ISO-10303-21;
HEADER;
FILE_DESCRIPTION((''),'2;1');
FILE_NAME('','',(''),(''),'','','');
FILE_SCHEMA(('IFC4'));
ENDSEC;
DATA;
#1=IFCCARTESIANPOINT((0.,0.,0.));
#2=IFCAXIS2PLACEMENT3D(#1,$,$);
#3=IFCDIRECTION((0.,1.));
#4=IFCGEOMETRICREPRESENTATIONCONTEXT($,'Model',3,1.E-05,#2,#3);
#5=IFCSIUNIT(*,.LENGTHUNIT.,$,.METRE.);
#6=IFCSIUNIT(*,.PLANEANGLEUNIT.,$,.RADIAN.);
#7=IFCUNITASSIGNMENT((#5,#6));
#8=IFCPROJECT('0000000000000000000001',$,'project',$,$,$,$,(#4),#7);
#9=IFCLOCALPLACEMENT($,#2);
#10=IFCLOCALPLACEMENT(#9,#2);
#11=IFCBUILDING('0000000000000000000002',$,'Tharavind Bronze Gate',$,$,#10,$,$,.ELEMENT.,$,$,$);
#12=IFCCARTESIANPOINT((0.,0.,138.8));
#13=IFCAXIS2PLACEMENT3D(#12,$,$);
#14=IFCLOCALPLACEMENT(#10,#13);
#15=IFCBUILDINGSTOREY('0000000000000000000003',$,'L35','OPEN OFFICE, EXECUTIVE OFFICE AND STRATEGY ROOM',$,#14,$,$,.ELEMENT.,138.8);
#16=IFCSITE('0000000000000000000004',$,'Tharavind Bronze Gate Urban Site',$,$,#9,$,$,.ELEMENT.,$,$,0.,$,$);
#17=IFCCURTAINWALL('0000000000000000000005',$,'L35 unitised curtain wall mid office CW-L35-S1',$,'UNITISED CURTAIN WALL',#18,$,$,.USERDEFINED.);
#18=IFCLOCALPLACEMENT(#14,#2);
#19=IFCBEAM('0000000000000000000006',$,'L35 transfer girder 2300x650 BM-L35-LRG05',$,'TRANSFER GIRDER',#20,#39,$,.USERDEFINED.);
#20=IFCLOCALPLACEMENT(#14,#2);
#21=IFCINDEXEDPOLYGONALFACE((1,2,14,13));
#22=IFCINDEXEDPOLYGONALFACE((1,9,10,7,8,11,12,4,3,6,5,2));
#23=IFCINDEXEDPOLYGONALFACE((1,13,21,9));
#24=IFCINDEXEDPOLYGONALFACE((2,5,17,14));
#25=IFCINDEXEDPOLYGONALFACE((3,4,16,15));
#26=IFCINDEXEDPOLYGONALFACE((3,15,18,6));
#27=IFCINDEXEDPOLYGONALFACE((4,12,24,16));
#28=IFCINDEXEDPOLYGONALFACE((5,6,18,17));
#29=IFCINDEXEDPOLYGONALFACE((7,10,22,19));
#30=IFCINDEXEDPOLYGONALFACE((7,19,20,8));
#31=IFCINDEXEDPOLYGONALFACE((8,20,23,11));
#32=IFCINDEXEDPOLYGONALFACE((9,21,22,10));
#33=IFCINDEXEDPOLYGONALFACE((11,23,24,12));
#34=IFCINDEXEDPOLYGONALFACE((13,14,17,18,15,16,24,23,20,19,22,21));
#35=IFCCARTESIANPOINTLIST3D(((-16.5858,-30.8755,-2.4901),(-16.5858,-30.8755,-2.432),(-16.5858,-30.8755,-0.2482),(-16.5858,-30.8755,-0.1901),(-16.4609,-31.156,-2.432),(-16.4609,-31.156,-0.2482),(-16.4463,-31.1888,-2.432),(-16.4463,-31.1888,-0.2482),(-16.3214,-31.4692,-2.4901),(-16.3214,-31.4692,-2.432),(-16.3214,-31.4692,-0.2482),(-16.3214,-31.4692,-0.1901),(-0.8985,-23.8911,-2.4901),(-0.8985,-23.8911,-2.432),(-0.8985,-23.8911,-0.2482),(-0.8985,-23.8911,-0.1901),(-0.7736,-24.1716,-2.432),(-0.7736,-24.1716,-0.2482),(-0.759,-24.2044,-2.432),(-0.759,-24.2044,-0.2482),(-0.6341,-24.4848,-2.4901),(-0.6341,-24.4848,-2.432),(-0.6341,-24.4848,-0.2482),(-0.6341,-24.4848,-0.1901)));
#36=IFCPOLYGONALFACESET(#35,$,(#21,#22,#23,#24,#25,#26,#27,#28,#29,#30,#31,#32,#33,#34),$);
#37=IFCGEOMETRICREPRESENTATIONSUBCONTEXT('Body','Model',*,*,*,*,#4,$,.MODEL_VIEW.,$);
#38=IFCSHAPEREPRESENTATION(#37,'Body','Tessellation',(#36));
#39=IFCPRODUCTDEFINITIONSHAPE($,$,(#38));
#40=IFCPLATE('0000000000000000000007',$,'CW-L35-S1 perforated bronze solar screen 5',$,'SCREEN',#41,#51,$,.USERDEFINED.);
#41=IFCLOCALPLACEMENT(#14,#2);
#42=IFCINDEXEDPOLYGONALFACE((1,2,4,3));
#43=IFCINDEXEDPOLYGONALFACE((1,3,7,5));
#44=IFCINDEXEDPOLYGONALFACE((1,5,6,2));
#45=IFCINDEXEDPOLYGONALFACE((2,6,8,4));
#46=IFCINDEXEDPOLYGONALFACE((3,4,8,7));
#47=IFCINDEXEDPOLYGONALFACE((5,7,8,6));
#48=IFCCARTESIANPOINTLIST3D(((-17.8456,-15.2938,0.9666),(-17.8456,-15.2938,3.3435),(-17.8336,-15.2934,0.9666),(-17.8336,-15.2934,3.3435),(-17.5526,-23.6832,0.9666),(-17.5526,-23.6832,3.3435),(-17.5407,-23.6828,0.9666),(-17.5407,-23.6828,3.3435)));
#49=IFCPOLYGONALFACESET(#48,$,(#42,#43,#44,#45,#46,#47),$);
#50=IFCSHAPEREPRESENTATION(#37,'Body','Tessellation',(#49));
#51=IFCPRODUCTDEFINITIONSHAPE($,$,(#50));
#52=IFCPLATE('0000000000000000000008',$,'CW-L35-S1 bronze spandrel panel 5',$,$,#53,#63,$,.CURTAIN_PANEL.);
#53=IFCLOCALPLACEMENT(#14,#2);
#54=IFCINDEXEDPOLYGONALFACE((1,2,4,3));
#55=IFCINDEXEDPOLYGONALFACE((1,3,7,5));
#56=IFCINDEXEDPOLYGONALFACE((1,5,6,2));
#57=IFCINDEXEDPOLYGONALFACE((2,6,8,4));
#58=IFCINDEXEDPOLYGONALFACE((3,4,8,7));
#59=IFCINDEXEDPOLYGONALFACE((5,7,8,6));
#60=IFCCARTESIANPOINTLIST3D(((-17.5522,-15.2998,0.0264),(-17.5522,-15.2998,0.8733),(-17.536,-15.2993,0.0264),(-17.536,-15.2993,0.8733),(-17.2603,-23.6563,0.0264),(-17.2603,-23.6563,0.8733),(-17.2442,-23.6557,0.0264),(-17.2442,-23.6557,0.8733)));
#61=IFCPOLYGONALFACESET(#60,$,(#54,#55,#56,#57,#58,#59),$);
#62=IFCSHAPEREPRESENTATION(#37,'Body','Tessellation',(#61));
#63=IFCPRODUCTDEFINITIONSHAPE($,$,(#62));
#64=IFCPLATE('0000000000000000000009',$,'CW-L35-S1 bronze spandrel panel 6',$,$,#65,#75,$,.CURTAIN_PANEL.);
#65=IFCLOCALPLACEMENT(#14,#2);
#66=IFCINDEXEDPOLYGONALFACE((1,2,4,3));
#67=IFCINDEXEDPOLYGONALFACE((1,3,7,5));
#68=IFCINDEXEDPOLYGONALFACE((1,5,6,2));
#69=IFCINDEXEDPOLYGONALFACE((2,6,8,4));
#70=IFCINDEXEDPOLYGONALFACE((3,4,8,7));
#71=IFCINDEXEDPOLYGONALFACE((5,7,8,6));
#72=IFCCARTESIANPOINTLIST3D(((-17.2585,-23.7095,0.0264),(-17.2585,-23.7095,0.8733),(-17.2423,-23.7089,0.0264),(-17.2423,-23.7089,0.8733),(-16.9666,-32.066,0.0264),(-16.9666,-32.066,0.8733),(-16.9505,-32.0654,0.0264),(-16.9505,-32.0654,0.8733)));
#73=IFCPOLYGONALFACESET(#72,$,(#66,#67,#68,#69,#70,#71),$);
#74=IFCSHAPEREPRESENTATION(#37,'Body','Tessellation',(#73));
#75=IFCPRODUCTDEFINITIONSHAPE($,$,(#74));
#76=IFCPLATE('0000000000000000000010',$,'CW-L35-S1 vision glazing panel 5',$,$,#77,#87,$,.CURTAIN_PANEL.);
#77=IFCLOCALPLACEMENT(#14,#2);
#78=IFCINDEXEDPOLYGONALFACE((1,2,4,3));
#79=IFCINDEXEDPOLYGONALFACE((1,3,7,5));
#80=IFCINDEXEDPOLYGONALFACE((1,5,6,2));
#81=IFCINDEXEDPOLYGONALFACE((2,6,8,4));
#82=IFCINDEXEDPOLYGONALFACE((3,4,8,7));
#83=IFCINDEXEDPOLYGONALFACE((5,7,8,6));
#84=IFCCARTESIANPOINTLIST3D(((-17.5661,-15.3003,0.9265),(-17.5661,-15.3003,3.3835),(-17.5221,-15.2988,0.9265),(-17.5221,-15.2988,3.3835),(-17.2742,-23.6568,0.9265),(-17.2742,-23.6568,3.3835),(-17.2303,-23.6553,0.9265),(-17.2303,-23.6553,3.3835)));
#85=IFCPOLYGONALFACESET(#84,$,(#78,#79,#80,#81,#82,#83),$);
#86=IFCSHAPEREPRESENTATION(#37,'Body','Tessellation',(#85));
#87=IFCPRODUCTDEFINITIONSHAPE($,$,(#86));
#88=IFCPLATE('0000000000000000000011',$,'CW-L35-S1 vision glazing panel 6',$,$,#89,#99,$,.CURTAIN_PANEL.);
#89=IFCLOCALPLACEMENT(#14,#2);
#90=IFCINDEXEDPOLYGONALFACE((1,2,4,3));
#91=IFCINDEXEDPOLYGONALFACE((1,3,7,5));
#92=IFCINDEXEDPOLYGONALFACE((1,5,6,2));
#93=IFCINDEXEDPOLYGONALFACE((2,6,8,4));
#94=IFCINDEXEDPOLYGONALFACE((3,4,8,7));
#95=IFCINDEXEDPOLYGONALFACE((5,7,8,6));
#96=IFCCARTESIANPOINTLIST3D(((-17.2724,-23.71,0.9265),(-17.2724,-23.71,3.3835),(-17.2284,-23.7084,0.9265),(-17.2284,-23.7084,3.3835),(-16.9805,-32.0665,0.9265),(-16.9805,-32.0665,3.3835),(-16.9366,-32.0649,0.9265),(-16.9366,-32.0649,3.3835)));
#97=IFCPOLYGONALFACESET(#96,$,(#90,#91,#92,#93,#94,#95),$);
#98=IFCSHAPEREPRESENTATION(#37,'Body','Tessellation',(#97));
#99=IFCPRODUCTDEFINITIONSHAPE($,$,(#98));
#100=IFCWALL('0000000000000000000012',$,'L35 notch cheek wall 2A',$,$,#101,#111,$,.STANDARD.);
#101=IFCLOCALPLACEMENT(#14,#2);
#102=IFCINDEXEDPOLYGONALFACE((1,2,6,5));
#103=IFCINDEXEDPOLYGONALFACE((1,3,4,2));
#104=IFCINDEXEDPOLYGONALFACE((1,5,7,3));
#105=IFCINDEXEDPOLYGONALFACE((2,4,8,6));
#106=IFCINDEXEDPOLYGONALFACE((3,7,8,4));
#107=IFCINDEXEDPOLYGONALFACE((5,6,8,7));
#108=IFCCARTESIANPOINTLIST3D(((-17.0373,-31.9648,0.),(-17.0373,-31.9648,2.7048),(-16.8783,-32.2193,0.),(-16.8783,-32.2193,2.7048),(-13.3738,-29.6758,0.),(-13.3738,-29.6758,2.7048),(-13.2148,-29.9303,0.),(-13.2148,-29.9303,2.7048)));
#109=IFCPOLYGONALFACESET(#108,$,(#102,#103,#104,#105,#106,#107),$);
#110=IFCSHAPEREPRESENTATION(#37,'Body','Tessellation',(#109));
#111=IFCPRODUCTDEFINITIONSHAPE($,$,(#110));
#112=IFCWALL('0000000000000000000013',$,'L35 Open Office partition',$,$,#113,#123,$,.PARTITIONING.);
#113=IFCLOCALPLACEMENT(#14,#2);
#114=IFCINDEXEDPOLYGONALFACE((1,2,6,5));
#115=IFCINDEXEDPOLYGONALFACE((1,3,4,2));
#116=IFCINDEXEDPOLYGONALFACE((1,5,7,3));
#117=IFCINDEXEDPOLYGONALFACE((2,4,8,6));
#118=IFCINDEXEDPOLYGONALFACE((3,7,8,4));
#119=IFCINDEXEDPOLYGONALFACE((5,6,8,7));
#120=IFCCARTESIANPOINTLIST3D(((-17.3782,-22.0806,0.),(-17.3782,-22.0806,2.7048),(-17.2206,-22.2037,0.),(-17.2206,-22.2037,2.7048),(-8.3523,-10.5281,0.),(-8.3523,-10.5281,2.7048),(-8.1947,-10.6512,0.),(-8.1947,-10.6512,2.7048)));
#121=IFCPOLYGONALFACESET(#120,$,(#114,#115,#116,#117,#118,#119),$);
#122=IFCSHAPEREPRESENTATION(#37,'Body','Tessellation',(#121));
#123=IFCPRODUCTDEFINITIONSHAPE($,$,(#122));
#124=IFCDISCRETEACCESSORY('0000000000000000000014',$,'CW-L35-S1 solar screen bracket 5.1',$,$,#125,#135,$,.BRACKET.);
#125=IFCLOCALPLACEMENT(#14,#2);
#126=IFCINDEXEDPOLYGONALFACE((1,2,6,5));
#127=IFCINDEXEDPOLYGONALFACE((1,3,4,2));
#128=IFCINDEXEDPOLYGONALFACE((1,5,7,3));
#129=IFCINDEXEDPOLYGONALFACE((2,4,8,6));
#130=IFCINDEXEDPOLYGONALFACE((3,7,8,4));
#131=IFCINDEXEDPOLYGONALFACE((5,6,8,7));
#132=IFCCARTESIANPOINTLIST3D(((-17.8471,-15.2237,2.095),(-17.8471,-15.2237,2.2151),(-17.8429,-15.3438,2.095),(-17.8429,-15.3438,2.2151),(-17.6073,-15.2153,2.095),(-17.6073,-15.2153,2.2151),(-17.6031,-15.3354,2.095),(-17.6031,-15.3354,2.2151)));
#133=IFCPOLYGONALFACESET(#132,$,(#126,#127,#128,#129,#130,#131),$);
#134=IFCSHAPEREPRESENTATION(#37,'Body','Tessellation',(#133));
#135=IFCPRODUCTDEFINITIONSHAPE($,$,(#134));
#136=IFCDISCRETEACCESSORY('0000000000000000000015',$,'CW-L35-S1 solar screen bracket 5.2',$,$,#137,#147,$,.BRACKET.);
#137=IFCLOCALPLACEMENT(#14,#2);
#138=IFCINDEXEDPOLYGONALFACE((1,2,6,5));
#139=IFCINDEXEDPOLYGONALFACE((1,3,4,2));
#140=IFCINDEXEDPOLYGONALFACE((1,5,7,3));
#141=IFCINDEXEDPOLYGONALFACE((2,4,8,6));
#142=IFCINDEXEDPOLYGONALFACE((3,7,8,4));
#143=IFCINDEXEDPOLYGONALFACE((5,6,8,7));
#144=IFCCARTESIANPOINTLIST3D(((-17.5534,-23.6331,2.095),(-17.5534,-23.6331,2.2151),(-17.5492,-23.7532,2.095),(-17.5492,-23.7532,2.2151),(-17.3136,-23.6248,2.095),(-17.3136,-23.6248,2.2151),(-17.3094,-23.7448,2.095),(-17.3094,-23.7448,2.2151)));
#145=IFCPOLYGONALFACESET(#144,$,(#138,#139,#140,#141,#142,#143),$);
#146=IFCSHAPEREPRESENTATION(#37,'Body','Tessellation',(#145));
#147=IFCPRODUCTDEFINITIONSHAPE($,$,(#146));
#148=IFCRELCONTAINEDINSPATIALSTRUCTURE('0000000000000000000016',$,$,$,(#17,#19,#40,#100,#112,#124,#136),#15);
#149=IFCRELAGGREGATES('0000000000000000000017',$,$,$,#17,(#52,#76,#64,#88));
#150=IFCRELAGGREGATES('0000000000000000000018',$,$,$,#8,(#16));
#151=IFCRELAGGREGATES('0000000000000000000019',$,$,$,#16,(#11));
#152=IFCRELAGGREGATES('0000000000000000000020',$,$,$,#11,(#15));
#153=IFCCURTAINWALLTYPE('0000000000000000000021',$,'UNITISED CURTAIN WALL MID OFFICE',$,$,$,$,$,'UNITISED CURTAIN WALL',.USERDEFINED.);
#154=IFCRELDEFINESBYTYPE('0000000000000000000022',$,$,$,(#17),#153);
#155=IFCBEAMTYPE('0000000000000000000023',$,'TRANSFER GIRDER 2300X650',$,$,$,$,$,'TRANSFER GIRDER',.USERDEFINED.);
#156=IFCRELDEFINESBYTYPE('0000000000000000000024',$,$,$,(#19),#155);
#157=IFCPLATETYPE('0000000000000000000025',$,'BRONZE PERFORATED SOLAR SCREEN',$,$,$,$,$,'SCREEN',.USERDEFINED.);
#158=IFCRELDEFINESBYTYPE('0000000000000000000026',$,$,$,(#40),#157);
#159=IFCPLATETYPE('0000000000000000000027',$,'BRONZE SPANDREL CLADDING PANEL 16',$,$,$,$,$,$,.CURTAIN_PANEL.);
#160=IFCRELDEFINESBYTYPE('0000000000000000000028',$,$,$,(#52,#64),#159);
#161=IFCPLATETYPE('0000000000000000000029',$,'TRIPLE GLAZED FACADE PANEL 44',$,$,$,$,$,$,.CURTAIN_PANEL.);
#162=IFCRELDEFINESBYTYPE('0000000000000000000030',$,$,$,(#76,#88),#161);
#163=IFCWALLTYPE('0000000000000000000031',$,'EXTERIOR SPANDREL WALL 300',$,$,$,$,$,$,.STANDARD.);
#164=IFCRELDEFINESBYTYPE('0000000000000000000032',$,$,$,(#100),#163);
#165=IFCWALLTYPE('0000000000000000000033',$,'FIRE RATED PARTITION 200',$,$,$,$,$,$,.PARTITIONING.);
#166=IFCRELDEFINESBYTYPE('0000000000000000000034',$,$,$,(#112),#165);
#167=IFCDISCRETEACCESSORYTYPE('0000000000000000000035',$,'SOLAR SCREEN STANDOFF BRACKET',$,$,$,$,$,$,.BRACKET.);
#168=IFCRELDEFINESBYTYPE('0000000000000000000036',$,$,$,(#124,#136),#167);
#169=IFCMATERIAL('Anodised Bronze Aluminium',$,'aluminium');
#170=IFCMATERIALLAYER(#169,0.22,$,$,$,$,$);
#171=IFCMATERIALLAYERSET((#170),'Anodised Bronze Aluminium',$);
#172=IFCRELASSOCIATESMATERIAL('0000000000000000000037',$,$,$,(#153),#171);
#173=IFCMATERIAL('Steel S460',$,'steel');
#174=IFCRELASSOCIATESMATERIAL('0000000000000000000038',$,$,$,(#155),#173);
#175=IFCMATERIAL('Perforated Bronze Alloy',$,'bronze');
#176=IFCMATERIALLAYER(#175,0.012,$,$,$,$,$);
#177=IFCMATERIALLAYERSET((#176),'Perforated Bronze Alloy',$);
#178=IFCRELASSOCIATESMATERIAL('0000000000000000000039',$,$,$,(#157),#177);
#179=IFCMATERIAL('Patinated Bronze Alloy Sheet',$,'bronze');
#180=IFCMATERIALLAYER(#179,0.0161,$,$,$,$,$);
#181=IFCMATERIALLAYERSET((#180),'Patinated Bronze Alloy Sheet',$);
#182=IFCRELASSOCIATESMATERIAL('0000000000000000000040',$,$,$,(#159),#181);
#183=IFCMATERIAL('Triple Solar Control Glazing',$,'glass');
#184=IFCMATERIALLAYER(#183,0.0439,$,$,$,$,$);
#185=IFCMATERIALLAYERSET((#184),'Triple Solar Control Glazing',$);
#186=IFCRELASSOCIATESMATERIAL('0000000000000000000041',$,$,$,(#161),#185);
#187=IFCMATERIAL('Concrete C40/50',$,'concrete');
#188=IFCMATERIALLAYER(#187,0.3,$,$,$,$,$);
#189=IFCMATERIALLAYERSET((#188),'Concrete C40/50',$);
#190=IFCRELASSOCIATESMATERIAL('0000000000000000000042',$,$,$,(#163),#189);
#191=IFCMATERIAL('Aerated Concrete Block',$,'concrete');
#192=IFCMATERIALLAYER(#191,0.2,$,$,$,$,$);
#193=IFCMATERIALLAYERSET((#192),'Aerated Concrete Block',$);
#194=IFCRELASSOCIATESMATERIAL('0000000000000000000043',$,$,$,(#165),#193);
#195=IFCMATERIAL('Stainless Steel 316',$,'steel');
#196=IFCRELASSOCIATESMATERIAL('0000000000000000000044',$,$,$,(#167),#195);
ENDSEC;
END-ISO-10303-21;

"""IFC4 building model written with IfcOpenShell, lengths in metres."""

from ifc_helpers import new_model, si_unit, direction, frame, frame_2d, origin, origin_2d, place, context, subcontext, project, spatial, rectangle, i_section, extrude, material, layer, layer_set, material_profile, profile_set, type_object, element, aggregate, save


model = new_model("IFC4")

# Units and contexts
model_context = context("Model", 3, precision=1e-05, world=origin(), true_north=direction((0.0, 1.0)))
body_context = subcontext(model_context, "Body", "Model", "MODEL_VIEW")
ifc_project = project(units=[si_unit("LENGTHUNIT", "METRE"), si_unit("PLANEANGLEUNIT", "RADIAN")], contexts=[model_context])

# Site, building, storey
site_placement = place(None, origin())
site = spatial("IfcSite", under=ifc_project, at=site_placement, Name="Tharavind Bronze Gate Urban Site", CompositionType="ELEMENT", RefElevation=0.0)
building_placement = place(site_placement, origin())
building = spatial("IfcBuilding", under=site, at=building_placement, Name="Tharavind Bronze Gate", CompositionType="ELEMENT")
storey_placement = place(building_placement, frame((0.0, 0.0, 138.8)))
storey = spatial("IfcBuildingStorey", under=building, at=storey_placement, Name="L35", Description="OPEN OFFICE, EXECUTIVE OFFICE AND STRATEGY ROOM", CompositionType="ELEMENT", Elevation=138.8)

# Shared definitions
ifc_material_1 = material(Name="Steel S460", Category="steel")

# Curtain wall
ifc_material_2 = material(Name="Anodised Bronze Aluminium", Category="aluminium")
ifc_layer_1 = layer(ifc_material_2, 0.22)
ifc_layer_set_1 = layer_set([ifc_layer_1], Name="Anodised Bronze Aluminium")
curtain_wall_type = type_object("IfcCurtainWallType", Name="UNITISED CURTAIN WALL MID OFFICE", ElementType="UNITISED CURTAIN WALL", PredefinedType="USERDEFINED", material=ifc_layer_set_1)
curtain_wall_placement = place(storey_placement, origin())
curtain_wall = element("IfcCurtainWall", 1, at=curtain_wall_placement, inside=storey, type_object=curtain_wall_type, Name="L35 unitised curtain wall mid office CW-L35-S1", ObjectType="UNITISED CURTAIN WALL", PredefinedType="USERDEFINED")

# Beam
ifc_material_profile_1 = material_profile(ifc_material_1, i_section(OverallWidth=0.6499, OverallDepth=2.3, WebThickness=0.0359, FlangeThickness=0.0581, at=origin_2d()), Name="PG2300X650")
ifc_profile_set_1 = profile_set([ifc_material_profile_1], Name="Steel S460")
beam_type_1 = type_object("IfcBeamType", Name="TRANSFER GIRDER 2300X650", ElementType="TRANSFER GIRDER", PredefinedType="USERDEFINED", material=ifc_profile_set_1)
beam_1_placement = place(storey_placement, frame((-16.4536, -31.1724, -1.3401), z_axis=(0.913546, 0.406735, 0.0), x_axis=(-0.406735, 0.913546, 0.0)))
element("IfcBeam", 2, at=beam_1_placement, inside=storey, type_object=beam_type_1, Name="L35 transfer girder 2300x650 BM-L35-LRG05", ObjectType="TRANSFER GIRDER", PredefinedType="USERDEFINED", context=body_context, shape_type="SweptSolid", body=[
    extrude(i_section(OverallWidth=0.6499, OverallDepth=2.3, WebThickness=0.0359, FlangeThickness=0.0581, at=origin_2d()), origin(), (0.0, 0.0, 1.0), 17.1719),
])

# Plates
ifc_material_3 = material(Name="Perforated Bronze Alloy", Category="bronze")
ifc_layer_2 = layer(ifc_material_3, 0.012)
ifc_layer_set_2 = layer_set([ifc_layer_2], Name="Perforated Bronze Alloy")
plate_type_1 = type_object("IfcPlateType", Name="BRONZE PERFORATED SOLAR SCREEN", ElementType="SCREEN", PredefinedType="USERDEFINED", material=ifc_layer_set_2)
plate_1_placement = place(storey_placement, frame((-17.6931, -19.4883, 0.9666), z_axis=(0.0, 0.0, 1.0), x_axis=(0.034899, -0.999391, 0.0)))
element("IfcPlate", 3, at=plate_1_placement, inside=storey, type_object=plate_type_1, Name="CW-L35-S1 perforated bronze solar screen 5", ObjectType="SCREEN", PredefinedType="USERDEFINED", context=body_context, shape_type="SweptSolid", body=[
    extrude(rectangle(XDim=8.3945, YDim=0.012, at=origin_2d()), origin(), (0.0, 0.0, 1.0), 2.377),
])
ifc_material_4 = material(Name="Patinated Bronze Alloy Sheet", Category="bronze")
ifc_layer_3 = layer(ifc_material_4, 0.0161)
ifc_layer_set_3 = layer_set([ifc_layer_3], Name="Patinated Bronze Alloy Sheet")
plate_type_2 = type_object("IfcPlateType", Name="BRONZE SPANDREL CLADDING PANEL 16", PredefinedType="CURTAIN_PANEL", material=ifc_layer_set_3)
plate_2_placement = place(storey_placement, frame((-17.3982, -19.4778, 0.0264), z_axis=(0.0, 0.0, 1.0), x_axis=(0.034899, -0.999391, 0.0)))
plate_2 = element("IfcPlate", 4, at=plate_2_placement, type_object=plate_type_2, Name="CW-L35-S1 bronze spandrel panel 5", PredefinedType="CURTAIN_PANEL", context=body_context, shape_type="SweptSolid", body=[
    extrude(rectangle(XDim=8.3616, YDim=0.0161, at=origin_2d()), origin(), (0.0, 0.0, 1.0), 0.8469),
])
plate_3_placement = place(storey_placement, frame((-17.1045, -27.8875, 0.0264), z_axis=(0.0, 0.0, 1.0), x_axis=(0.034899, -0.999391, 0.0)))
plate_3 = element("IfcPlate", 5, at=plate_3_placement, type_object=plate_type_2, Name="CW-L35-S1 bronze spandrel panel 6", PredefinedType="CURTAIN_PANEL", context=body_context, shape_type="SweptSolid", body=[
    extrude(rectangle(XDim=8.3616, YDim=0.0161, at=origin_2d()), origin(), (0.0, 0.0, 1.0), 0.8469),
])
ifc_material_5 = material(Name="Triple Solar Control Glazing", Category="glass")
ifc_layer_4 = layer(ifc_material_5, 0.0439)
ifc_layer_set_4 = layer_set([ifc_layer_4], Name="Triple Solar Control Glazing")
plate_type_3 = type_object("IfcPlateType", Name="TRIPLE GLAZED FACADE PANEL 44", PredefinedType="CURTAIN_PANEL", material=ifc_layer_set_4)
plate_4_placement = place(storey_placement, frame((-17.3982, -19.4778, 0.9265), z_axis=(0.0, 0.0, 1.0), x_axis=(0.034899, -0.999391, 0.0)))
plate_4 = element("IfcPlate", 6, at=plate_4_placement, type_object=plate_type_3, Name="CW-L35-S1 vision glazing panel 5", PredefinedType="CURTAIN_PANEL", context=body_context, shape_type="SweptSolid", body=[
    extrude(rectangle(XDim=8.3616, YDim=0.0439, at=origin_2d()), origin(), (0.0, 0.0, 1.0), 2.457),
])
plate_5_placement = place(storey_placement, frame((-17.1045, -27.8875, 0.9265), z_axis=(0.0, 0.0, 1.0), x_axis=(0.034899, -0.999391, 0.0)))
plate_5 = element("IfcPlate", 7, at=plate_5_placement, type_object=plate_type_3, Name="CW-L35-S1 vision glazing panel 6", PredefinedType="CURTAIN_PANEL", context=body_context, shape_type="SweptSolid", body=[
    extrude(rectangle(XDim=8.3616, YDim=0.0439, at=origin_2d()), origin(), (0.0, 0.0, 1.0), 2.457),
])
aggregate(curtain_wall, [plate_2, plate_4, plate_3, plate_5])

# Walls
ifc_material_6 = material(Name="Concrete C40/50", Category="concrete")
ifc_layer_5 = layer(ifc_material_6, 0.3)
ifc_layer_set_5 = layer_set([ifc_layer_5], Name="Concrete C40/50")
wall_type_1 = type_object("IfcWallType", Name="EXTERIOR SPANDREL WALL 300", PredefinedType="STANDARD", material=ifc_layer_set_5)
wall_1_placement = place(storey_placement, frame((-16.9578, -32.092, 0.0), z_axis=(0.0, 0.0, 1.0), x_axis=(0.848068, 0.529887, 0.0)))
element("IfcWall", 8, at=wall_1_placement, inside=storey, type_object=wall_type_1, Name="L35 notch cheek wall 2A", PredefinedType="STANDARD", context=body_context, shape_type="SweptSolid", body=[
    extrude(rectangle(XDim=4.3198, YDim=0.3, at=frame_2d((2.1599, 0.0))), origin(), (0.0, 0.0, 1.0), 2.7048),
])
ifc_material_7 = material(Name="Aerated Concrete Block", Category="concrete")
ifc_layer_6 = layer(ifc_material_7, 0.2)
ifc_layer_set_6 = layer_set([ifc_layer_6], Name="Aerated Concrete Block")
wall_type_2 = type_object("IfcWallType", Name="FIRE RATED PARTITION 200", PredefinedType="PARTITIONING", material=ifc_layer_set_6)
wall_2_placement = place(storey_placement, frame((-17.2993, -22.1421, 0.0), z_axis=(0.0, 0.0, 1.0), x_axis=(0.615665, 0.788008, 0.0)))
element("IfcWall", 9, at=wall_2_placement, inside=storey, type_object=wall_type_2, Name="L35 Open Office partition", PredefinedType="PARTITIONING", context=body_context, shape_type="SweptSolid", body=[
    extrude(rectangle(XDim=14.6604, YDim=0.2, at=frame_2d((7.3301, 0.0))), origin(), (0.0, 0.0, 1.0), 2.7048),
])

# Discrete accessories
ifc_material_8 = material(Name="Stainless Steel 316", Category="steel")
discrete_accessory_type = type_object("IfcDiscreteAccessoryType", Name="SOLAR SCREEN STANDOFF BRACKET", PredefinedType="BRACKET", material=ifc_material_8)
for number, where, z_axis, x_axis, name in (
    (10, (-17.7251, -15.2795, 2.095), (0.0, 0.0, 1.0), (0.034899, -0.999391, 0.0), "CW-L35-S1 solar screen bracket 5.1"),
    (11, (-17.4314, -23.689, 2.095), (0.0, 0.0, 1.0), (0.034899, -0.999391, 0.0), "CW-L35-S1 solar screen bracket 5.2"),
):
    element("IfcDiscreteAccessory", number, at=place(storey_placement, frame(where, z_axis=z_axis, x_axis=x_axis)), inside=storey, type_object=discrete_accessory_type, Name=name, PredefinedType="BRACKET", context=body_context, shape_type="SweptSolid", body=[
        extrude(rectangle(XDim=0.1201, YDim=0.24, at=origin_2d()), origin(), (0.0, 0.0, 1.0), 0.1201),
    ])

save(model, "model.ifc")
